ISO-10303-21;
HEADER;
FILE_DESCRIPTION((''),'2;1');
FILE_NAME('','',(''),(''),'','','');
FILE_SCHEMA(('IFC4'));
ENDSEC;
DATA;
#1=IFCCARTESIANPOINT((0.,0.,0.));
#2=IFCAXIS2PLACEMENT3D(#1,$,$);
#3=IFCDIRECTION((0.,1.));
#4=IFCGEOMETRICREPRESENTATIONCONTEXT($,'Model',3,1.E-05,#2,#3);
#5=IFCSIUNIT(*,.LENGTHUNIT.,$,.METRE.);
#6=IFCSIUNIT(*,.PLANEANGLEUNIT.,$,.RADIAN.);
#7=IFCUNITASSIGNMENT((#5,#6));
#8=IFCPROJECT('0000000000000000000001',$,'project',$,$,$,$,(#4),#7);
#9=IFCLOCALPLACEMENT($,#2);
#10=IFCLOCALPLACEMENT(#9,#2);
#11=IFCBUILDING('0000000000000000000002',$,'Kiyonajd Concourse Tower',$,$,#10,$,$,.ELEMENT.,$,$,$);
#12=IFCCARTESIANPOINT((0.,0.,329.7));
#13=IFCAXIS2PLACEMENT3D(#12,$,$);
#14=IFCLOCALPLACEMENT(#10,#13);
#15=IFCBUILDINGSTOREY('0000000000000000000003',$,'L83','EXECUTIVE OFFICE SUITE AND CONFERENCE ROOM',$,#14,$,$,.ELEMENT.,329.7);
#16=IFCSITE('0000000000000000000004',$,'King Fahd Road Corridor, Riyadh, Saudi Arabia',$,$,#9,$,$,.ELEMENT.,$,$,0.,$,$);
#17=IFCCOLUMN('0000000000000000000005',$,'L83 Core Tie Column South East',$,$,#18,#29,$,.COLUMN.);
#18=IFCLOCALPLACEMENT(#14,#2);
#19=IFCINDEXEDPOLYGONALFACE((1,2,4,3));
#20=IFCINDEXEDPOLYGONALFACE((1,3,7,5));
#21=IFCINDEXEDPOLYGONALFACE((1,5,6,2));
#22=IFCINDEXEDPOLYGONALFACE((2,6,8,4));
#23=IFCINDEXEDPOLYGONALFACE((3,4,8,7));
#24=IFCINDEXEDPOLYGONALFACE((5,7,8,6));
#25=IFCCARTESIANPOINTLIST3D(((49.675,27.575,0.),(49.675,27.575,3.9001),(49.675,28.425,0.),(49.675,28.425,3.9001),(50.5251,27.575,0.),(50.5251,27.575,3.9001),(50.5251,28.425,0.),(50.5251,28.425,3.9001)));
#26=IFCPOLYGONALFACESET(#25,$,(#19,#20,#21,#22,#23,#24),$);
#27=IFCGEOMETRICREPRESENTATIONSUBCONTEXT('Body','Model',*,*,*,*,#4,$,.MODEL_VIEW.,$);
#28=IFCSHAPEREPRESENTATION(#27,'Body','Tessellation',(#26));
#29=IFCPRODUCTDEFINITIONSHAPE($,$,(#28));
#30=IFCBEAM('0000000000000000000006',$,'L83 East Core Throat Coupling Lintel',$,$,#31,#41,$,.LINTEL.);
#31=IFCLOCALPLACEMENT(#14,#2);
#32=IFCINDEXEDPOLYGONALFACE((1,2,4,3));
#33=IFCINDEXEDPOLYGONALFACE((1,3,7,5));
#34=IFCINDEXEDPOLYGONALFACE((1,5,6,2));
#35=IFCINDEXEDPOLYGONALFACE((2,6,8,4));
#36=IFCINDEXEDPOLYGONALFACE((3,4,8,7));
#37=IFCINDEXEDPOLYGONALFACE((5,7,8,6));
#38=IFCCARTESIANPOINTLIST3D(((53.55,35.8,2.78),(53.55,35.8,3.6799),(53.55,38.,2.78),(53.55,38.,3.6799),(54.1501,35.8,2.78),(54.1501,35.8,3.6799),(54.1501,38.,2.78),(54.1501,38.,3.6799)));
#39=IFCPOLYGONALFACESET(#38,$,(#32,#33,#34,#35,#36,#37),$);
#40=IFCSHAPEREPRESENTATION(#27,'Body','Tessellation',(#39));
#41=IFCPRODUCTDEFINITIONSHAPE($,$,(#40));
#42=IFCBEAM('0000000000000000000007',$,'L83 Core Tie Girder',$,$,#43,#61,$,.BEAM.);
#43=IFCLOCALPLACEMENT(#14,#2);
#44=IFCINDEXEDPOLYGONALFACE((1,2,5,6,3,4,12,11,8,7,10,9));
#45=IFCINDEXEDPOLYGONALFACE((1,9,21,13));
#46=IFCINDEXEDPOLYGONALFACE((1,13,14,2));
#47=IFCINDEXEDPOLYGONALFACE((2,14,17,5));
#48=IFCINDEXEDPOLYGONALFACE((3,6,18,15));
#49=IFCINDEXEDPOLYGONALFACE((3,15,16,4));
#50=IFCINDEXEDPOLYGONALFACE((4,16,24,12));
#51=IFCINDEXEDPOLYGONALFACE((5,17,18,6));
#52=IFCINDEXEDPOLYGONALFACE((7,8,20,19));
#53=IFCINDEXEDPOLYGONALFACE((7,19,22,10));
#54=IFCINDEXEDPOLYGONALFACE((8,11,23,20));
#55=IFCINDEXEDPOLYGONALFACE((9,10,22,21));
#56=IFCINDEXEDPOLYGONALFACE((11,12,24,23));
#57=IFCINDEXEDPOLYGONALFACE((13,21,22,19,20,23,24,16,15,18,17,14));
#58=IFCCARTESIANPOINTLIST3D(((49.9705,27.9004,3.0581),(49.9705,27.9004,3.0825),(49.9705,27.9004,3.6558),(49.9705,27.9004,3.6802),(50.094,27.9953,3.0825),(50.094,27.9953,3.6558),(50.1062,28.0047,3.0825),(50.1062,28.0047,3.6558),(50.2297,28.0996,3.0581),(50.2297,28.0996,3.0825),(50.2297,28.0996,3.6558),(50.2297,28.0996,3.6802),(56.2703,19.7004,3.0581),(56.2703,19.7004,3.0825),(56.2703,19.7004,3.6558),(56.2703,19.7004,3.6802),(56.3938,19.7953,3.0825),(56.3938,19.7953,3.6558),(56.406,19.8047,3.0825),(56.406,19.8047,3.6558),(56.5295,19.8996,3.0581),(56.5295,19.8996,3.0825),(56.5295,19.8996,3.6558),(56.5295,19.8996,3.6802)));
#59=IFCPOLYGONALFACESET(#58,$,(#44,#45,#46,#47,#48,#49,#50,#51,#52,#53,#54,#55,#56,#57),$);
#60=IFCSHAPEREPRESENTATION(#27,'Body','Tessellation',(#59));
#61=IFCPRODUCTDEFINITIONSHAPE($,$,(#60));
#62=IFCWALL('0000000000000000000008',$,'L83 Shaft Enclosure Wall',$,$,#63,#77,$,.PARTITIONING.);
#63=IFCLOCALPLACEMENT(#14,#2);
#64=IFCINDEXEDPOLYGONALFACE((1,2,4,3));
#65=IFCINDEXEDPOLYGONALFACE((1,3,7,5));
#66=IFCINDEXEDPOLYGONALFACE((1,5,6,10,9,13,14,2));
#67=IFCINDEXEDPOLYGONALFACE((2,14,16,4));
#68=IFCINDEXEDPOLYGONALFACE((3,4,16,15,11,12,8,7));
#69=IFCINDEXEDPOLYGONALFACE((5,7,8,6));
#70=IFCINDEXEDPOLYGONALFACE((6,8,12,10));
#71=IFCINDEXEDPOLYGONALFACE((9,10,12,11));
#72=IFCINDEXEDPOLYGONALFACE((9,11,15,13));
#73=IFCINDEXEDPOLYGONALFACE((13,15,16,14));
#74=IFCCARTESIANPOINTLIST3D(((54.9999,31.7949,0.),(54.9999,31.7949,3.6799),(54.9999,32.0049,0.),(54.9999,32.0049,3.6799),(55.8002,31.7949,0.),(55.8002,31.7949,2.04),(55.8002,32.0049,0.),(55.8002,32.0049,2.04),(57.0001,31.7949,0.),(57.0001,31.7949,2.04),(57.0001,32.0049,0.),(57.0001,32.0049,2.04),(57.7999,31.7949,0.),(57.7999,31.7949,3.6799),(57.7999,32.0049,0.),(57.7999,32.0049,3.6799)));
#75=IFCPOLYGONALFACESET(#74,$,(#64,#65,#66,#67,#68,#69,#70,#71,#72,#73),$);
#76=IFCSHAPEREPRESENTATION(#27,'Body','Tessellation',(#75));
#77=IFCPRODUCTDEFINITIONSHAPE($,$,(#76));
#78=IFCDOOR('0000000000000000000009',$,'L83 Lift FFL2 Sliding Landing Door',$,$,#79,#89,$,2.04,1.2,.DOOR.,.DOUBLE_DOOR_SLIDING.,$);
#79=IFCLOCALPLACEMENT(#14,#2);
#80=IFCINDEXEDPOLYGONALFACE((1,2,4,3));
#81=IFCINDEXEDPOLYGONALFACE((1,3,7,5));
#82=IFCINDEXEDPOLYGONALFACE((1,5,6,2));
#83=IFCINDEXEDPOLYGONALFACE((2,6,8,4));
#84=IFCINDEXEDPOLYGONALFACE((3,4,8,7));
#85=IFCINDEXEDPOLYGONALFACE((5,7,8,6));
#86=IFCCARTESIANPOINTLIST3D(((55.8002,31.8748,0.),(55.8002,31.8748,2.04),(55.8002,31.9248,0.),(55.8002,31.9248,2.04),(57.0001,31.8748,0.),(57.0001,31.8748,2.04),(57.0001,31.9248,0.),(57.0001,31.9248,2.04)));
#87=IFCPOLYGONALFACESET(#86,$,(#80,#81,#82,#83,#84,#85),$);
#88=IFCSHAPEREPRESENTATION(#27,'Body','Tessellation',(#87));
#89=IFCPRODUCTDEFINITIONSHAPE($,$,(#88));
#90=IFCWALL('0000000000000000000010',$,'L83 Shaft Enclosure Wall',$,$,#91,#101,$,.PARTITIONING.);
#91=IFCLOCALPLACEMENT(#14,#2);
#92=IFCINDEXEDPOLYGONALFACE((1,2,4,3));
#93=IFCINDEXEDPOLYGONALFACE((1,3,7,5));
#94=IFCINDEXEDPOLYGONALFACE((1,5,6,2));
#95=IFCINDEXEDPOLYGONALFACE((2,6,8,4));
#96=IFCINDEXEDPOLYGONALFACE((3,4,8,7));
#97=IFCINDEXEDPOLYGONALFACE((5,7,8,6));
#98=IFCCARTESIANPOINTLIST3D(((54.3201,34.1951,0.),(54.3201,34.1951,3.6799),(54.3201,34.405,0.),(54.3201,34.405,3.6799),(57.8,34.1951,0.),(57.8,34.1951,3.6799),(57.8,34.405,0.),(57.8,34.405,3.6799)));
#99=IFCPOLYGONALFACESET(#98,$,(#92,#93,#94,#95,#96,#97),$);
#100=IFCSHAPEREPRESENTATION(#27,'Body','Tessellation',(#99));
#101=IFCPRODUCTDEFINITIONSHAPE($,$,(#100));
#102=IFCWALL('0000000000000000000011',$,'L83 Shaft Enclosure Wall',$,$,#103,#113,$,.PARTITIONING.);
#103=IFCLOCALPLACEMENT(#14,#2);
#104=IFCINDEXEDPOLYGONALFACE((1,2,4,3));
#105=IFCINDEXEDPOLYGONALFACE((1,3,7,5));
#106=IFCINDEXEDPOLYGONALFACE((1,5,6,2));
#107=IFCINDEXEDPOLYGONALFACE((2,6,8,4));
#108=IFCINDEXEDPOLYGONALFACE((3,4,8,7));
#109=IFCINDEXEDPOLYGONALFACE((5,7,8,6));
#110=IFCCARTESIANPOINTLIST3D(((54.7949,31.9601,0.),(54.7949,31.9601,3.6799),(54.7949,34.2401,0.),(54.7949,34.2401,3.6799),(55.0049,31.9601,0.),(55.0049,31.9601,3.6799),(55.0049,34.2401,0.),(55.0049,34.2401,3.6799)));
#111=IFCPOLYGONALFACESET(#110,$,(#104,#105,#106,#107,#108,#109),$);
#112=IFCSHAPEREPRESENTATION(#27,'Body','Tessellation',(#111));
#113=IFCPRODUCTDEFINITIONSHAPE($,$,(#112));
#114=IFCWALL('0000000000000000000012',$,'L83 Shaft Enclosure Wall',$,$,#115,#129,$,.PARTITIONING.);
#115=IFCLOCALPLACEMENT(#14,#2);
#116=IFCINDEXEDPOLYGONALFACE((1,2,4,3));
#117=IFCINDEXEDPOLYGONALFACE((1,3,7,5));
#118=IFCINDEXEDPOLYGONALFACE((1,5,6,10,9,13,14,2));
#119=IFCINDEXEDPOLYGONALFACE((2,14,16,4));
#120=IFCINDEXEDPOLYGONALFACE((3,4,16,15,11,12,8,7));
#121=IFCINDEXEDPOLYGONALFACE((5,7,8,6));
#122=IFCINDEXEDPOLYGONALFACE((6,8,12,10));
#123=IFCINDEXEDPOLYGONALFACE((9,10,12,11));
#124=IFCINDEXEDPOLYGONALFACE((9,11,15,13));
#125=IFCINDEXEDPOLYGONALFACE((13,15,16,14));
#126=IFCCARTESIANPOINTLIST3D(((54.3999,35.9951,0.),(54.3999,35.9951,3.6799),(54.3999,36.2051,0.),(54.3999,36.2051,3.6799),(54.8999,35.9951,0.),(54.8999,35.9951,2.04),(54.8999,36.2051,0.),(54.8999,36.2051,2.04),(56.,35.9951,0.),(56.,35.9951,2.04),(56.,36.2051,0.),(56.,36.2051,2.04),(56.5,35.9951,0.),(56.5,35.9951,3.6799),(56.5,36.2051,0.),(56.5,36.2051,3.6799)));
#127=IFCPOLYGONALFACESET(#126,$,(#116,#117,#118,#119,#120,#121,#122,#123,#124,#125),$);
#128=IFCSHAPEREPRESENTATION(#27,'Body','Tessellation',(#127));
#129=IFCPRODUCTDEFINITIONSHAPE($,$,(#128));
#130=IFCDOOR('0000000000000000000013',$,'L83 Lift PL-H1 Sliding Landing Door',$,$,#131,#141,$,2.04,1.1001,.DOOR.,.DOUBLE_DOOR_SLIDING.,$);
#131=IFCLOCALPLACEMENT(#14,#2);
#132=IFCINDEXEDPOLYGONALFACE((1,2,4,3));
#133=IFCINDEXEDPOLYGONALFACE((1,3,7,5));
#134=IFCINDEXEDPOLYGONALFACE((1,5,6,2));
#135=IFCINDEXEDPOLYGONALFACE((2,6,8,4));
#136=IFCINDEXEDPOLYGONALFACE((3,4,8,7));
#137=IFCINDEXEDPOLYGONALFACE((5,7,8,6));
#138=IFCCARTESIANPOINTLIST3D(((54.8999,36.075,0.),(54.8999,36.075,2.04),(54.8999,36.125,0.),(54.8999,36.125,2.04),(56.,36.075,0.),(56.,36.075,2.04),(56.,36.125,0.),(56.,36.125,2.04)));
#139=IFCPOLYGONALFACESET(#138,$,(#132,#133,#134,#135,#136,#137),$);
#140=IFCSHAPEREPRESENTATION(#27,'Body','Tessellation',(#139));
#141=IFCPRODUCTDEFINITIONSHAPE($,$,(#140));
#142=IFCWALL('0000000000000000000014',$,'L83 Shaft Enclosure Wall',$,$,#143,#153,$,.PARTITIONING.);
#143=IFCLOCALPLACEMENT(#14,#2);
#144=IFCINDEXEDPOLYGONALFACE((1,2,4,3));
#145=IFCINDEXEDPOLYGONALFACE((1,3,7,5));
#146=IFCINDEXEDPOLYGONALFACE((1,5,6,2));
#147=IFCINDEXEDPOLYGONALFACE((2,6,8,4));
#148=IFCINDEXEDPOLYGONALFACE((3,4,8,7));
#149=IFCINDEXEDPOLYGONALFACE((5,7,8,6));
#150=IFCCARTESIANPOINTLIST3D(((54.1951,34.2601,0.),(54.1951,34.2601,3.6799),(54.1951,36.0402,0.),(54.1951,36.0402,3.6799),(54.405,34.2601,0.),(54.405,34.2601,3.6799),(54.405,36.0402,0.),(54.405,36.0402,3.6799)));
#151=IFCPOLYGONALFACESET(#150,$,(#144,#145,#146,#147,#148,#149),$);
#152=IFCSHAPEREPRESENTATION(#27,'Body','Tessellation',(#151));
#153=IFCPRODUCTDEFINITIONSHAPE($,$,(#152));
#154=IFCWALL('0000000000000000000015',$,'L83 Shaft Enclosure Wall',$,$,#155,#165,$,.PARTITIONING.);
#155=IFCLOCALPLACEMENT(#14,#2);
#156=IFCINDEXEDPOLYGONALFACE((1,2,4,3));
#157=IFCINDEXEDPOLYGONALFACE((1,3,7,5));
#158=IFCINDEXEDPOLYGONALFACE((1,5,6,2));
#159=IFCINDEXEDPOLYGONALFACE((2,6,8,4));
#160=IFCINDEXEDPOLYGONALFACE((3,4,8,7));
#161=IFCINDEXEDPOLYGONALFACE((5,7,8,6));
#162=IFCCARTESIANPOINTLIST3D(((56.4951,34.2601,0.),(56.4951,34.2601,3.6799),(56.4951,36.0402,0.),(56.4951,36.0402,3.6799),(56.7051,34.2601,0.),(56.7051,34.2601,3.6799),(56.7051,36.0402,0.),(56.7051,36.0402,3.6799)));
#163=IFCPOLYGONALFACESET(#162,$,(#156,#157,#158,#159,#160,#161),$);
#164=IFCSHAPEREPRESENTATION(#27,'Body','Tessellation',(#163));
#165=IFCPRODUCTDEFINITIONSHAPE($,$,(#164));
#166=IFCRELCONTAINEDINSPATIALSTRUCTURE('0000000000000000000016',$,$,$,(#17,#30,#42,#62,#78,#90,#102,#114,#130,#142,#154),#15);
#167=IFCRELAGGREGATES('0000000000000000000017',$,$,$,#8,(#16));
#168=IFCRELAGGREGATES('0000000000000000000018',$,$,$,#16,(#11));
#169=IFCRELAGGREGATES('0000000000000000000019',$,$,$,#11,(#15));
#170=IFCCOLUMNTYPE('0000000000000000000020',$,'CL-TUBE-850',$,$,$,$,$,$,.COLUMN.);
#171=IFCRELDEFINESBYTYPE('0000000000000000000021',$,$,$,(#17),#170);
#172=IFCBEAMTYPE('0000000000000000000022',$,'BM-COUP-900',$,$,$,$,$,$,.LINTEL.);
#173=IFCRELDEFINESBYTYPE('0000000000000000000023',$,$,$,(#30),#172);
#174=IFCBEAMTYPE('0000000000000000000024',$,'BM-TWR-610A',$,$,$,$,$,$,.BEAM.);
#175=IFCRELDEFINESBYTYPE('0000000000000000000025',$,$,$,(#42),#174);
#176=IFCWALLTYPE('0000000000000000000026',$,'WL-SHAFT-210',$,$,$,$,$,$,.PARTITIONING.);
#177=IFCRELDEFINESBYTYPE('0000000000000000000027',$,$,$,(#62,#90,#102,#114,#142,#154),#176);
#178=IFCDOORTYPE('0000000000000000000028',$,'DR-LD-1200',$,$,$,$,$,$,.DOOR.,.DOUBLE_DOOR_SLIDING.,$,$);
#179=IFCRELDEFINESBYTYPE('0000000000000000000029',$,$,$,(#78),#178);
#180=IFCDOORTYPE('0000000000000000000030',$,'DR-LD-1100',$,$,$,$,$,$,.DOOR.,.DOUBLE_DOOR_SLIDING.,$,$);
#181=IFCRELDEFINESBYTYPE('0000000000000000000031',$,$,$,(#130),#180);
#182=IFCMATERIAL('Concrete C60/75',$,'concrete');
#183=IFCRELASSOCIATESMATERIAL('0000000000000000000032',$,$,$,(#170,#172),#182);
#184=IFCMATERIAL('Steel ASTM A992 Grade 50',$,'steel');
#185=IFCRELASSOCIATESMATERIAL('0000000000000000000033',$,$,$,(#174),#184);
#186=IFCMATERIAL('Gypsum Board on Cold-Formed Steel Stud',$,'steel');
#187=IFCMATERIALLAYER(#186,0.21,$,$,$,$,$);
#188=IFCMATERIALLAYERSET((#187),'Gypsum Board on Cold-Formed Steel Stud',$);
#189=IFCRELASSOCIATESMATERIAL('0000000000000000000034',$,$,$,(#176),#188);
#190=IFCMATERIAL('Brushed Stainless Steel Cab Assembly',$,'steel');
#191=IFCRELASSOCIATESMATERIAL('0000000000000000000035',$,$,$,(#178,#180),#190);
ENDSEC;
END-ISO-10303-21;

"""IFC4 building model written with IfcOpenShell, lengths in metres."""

from ifc_helpers import new_model, si_unit, direction, frame, frame_2d, origin, origin_2d, place, context, subcontext, project, spatial, rectangle, i_section, extrude, material, layer, layer_set, material_profile, profile_set, type_object, element, fill, save


model = new_model("IFC4")

# Units and contexts
model_context = context("Model", 3, precision=1e-05, world=origin(), true_north=direction((0.0, 1.0)))
body_context = subcontext(model_context, "Body", "Model", "MODEL_VIEW")
ifc_project = project(units=[si_unit("LENGTHUNIT", "METRE"), si_unit("PLANEANGLEUNIT", "RADIAN")], contexts=[model_context])

# Site, building, storey
site_placement = place(None, origin())
site = spatial("IfcSite", under=ifc_project, at=site_placement, Name="King Fahd Road Corridor, Riyadh, Saudi Arabia", CompositionType="ELEMENT", RefElevation=0.0)
building_placement = place(site_placement, origin())
building = spatial("IfcBuilding", under=site, at=building_placement, Name="Kiyonajd Concourse Tower", CompositionType="ELEMENT")
storey_placement = place(building_placement, frame((0.0, 0.0, 329.7)))
storey = spatial("IfcBuildingStorey", under=building, at=storey_placement, Name="L83", Description="EXECUTIVE OFFICE SUITE AND CONFERENCE ROOM", CompositionType="ELEMENT", Elevation=329.7)

# Column
ifc_material_1 = material(Name="Concrete C60/75", Category="concrete")
ifc_material_profile_1 = material_profile(ifc_material_1, rectangle(XDim=0.8501, YDim=0.8501, at=origin_2d()), Name="RC-850x850")
ifc_profile_set_1 = profile_set([ifc_material_profile_1], Name="Concrete C60/75")
column_type = type_object("IfcColumnType", Name="CL-TUBE-850", PredefinedType="COLUMN", material=ifc_profile_set_1)
column_placement = place(storey_placement, frame((50.1001, 28.0, 0.0), z_axis=(0.0, 0.0, 1.0), x_axis=(1.0, 0.0, 0.0)))
element("IfcColumn", 1, at=column_placement, inside=storey, type_object=column_type, Name="L83 Core Tie Column South East", PredefinedType="COLUMN", context=body_context, shape_type="SweptSolid", body=[
    extrude(rectangle(XDim=0.8501, YDim=0.8501, at=origin_2d()), origin(), (0.0, 0.0, 1.0), 3.9001),
])

# Beams
ifc_material_profile_2 = material_profile(ifc_material_1, rectangle(XDim=0.6001, YDim=0.8999, at=origin_2d()), Name="RCBM-600x900")
ifc_profile_set_2 = profile_set([ifc_material_profile_2], Name="Concrete C60/75")
beam_type_1 = type_object("IfcBeamType", Name="BM-COUP-900", PredefinedType="LINTEL", material=ifc_profile_set_2)
beam_1_placement = place(storey_placement, frame((53.8501, 35.8, 3.23), z_axis=(0.0, 1.0, 0.0), x_axis=(-1.0, 0.0, 0.0)))
element("IfcBeam", 2, at=beam_1_placement, inside=storey, type_object=beam_type_1, Name="L83 East Core Throat Coupling Lintel", PredefinedType="LINTEL", context=body_context, shape_type="SweptSolid", body=[
    extrude(rectangle(XDim=0.6001, YDim=0.8999, at=origin_2d()), origin(), (0.0, 0.0, 1.0), 2.2),
])
ifc_material_2 = material(Name="Steel ASTM A992 Grade 50", Category="steel")
ifc_material_profile_3 = material_profile(ifc_material_2, i_section(OverallWidth=0.3269, OverallDepth=0.6221, WebThickness=0.0154, FlangeThickness=0.0244, at=origin_2d()), Name="W610X195")
ifc_profile_set_3 = profile_set([ifc_material_profile_3], Name="Steel ASTM A992 Grade 50")
beam_type_2 = type_object("IfcBeamType", Name="BM-TWR-610A", PredefinedType="BEAM", material=ifc_profile_set_3)
beam_2_placement = place(storey_placement, frame((50.1001, 28.0, 3.3691), z_axis=(0.609234, -0.792991, 0.0), x_axis=(0.792991, 0.609234, 0.0)))
element("IfcBeam", 3, at=beam_2_placement, inside=storey, type_object=beam_type_2, Name="L83 Core Tie Girder", PredefinedType="BEAM", context=body_context, shape_type="SweptSolid", body=[
    extrude(i_section(OverallWidth=0.3269, OverallDepth=0.6221, WebThickness=0.0154, FlangeThickness=0.0244, at=origin_2d()), origin(), (0.0, 0.0, 1.0), 10.3406),
])

# Wall, opening, door
ifc_material_3 = material(Name="Gypsum Board on Cold-Formed Steel Stud", Category="steel")
ifc_layer_1 = layer(ifc_material_3, 0.21)
ifc_layer_set_1 = layer_set([ifc_layer_1], Name="Gypsum Board on Cold-Formed Steel Stud")
wall_type_1 = type_object("IfcWallType", Name="WL-SHAFT-210", PredefinedType="PARTITIONING", material=ifc_layer_set_1)
wall_1_placement = place(storey_placement, frame((55.0, 31.8999, 0.0), z_axis=(0.0, 0.0, 1.0), x_axis=(1.0, 0.0, 0.0)))
wall_1 = element("IfcWall", 4, at=wall_1_placement, inside=storey, type_object=wall_type_1, Name="L83 Shaft Enclosure Wall", PredefinedType="PARTITIONING", context=body_context, shape_type="SweptSolid", body=[
    extrude(rectangle(XDim=2.8, YDim=0.21, at=frame_2d((1.3999, 0.0))), origin(), (0.0, 0.0, 1.0), 3.6799),
])
opening_1_placement = place(wall_1_placement, frame((0.8, 0.0, 0.0)))
opening_1 = element("IfcOpeningElement", 5, at=opening_1_placement, cuts=wall_1, PredefinedType="OPENING", context=body_context, shape_type="SweptSolid", body=[
    extrude(rectangle(XDim=1.2, YDim=2.04, at=frame_2d((0.6001, 1.02))), frame((0.0, 0.115, 0.0), z_axis=(0.0, -1.0, 0.0), x_axis=(1.0, 0.0, 0.0)), (0.0, 0.0, 1.0), 0.23),
])
ifc_material_4 = material(Name="Brushed Stainless Steel Cab Assembly", Category="steel")
door_type_1 = type_object("IfcDoorType", Name="DR-LD-1200", OperationType="DOUBLE_DOOR_SLIDING", PredefinedType="DOOR", material=ifc_material_4)
door_1_placement = place(opening_1_placement, origin())
door_1 = element("IfcDoor", 6, at=door_1_placement, inside=storey, type_object=door_type_1, Name="L83 Lift FFL2 Sliding Landing Door", OperationType="DOUBLE_DOOR_SLIDING", OverallHeight=2.04, OverallWidth=1.2, PredefinedType="DOOR", context=body_context, shape_type="SweptSolid", body=[
    extrude(rectangle(XDim=1.2, YDim=2.04, at=frame_2d((0.6001, 1.02))), frame((0.0, 0.0249, 0.0), z_axis=(0.0, -1.0, 0.0), x_axis=(1.0, 0.0, 0.0)), (0.0, 0.0, 1.0), 0.05),
])
fill(opening_1, door_1)

# Walls
wall_2_placement = place(storey_placement, frame((54.3201, 34.3, 0.0), z_axis=(0.0, 0.0, 1.0), x_axis=(1.0, 0.0, 0.0)))
element("IfcWall", 7, at=wall_2_placement, inside=storey, type_object=wall_type_1, Name="L83 Shaft Enclosure Wall", PredefinedType="PARTITIONING", context=body_context, shape_type="SweptSolid", body=[
    extrude(rectangle(XDim=3.48, YDim=0.21, at=frame_2d((1.74, 0.0))), origin(), (0.0, 0.0, 1.0), 3.6799),
])
wall_3_placement = place(storey_placement, frame((54.8999, 31.96, 0.0), z_axis=(0.0, 0.0, 1.0), x_axis=(0.0, 1.0, 0.0)))
element("IfcWall", 8, at=wall_3_placement, inside=storey, type_object=wall_type_1, Name="L83 Shaft Enclosure Wall", PredefinedType="PARTITIONING", context=body_context, shape_type="SweptSolid", body=[
    extrude(rectangle(XDim=2.28, YDim=0.21, at=frame_2d((1.1401, 0.0))), origin(), (0.0, 0.0, 1.0), 3.6799),
])

# Wall, opening, door
wall_4_placement = place(storey_placement, frame((54.3999, 36.1001, 0.0), z_axis=(0.0, 0.0, 1.0), x_axis=(1.0, 0.0, 0.0)))
wall_4 = element("IfcWall", 9, at=wall_4_placement, inside=storey, type_object=wall_type_1, Name="L83 Shaft Enclosure Wall", PredefinedType="PARTITIONING", context=body_context, shape_type="SweptSolid", body=[
    extrude(rectangle(XDim=2.1001, YDim=0.21, at=frame_2d((1.05, 0.0))), origin(), (0.0, 0.0, 1.0), 3.6799),
])
opening_2_placement = place(wall_4_placement, frame((0.5, 0.0, 0.0)))
opening_2 = element("IfcOpeningElement", 10, at=opening_2_placement, cuts=wall_4, PredefinedType="OPENING", context=body_context, shape_type="SweptSolid", body=[
    extrude(rectangle(XDim=1.1001, YDim=2.04, at=frame_2d((0.55, 1.02))), frame((0.0, 0.115, 0.0), z_axis=(0.0, -1.0, 0.0), x_axis=(1.0, 0.0, 0.0)), (0.0, 0.0, 1.0), 0.23),
])
door_type_2 = type_object("IfcDoorType", Name="DR-LD-1100", OperationType="DOUBLE_DOOR_SLIDING", PredefinedType="DOOR", material=ifc_material_4)
door_2_placement = place(opening_2_placement, origin())
door_2 = element("IfcDoor", 11, at=door_2_placement, inside=storey, type_object=door_type_2, Name="L83 Lift PL-H1 Sliding Landing Door", OperationType="DOUBLE_DOOR_SLIDING", OverallHeight=2.04, OverallWidth=1.1001, PredefinedType="DOOR", context=body_context, shape_type="SweptSolid", body=[
    extrude(rectangle(XDim=1.1001, YDim=2.04, at=frame_2d((0.55, 1.02))), frame((0.0, 0.0249, 0.0), z_axis=(0.0, -1.0, 0.0), x_axis=(1.0, 0.0, 0.0)), (0.0, 0.0, 1.0), 0.05),
])
fill(opening_2, door_2)

# Walls
for number, where, z_axis, x_axis, name in (
    (12, (54.3, 34.26, 0.0), (0.0, 0.0, 1.0), (0.0, 1.0, 0.0), "L83 Shaft Enclosure Wall"),
    (13, (56.6001, 34.26, 0.0), (0.0, 0.0, 1.0), (0.0, 1.0, 0.0), "L83 Shaft Enclosure Wall"),
):
    element("IfcWall", number, at=place(storey_placement, frame(where, z_axis=z_axis, x_axis=x_axis)), inside=storey, type_object=wall_type_1, Name=name, PredefinedType="PARTITIONING", context=body_context, shape_type="SweptSolid", body=[
        extrude(rectangle(XDim=1.78, YDim=0.21, at=frame_2d((0.8901, 0.0))), origin(), (0.0, 0.0, 1.0), 3.6799),
    ])

save(model, "model.ifc")
